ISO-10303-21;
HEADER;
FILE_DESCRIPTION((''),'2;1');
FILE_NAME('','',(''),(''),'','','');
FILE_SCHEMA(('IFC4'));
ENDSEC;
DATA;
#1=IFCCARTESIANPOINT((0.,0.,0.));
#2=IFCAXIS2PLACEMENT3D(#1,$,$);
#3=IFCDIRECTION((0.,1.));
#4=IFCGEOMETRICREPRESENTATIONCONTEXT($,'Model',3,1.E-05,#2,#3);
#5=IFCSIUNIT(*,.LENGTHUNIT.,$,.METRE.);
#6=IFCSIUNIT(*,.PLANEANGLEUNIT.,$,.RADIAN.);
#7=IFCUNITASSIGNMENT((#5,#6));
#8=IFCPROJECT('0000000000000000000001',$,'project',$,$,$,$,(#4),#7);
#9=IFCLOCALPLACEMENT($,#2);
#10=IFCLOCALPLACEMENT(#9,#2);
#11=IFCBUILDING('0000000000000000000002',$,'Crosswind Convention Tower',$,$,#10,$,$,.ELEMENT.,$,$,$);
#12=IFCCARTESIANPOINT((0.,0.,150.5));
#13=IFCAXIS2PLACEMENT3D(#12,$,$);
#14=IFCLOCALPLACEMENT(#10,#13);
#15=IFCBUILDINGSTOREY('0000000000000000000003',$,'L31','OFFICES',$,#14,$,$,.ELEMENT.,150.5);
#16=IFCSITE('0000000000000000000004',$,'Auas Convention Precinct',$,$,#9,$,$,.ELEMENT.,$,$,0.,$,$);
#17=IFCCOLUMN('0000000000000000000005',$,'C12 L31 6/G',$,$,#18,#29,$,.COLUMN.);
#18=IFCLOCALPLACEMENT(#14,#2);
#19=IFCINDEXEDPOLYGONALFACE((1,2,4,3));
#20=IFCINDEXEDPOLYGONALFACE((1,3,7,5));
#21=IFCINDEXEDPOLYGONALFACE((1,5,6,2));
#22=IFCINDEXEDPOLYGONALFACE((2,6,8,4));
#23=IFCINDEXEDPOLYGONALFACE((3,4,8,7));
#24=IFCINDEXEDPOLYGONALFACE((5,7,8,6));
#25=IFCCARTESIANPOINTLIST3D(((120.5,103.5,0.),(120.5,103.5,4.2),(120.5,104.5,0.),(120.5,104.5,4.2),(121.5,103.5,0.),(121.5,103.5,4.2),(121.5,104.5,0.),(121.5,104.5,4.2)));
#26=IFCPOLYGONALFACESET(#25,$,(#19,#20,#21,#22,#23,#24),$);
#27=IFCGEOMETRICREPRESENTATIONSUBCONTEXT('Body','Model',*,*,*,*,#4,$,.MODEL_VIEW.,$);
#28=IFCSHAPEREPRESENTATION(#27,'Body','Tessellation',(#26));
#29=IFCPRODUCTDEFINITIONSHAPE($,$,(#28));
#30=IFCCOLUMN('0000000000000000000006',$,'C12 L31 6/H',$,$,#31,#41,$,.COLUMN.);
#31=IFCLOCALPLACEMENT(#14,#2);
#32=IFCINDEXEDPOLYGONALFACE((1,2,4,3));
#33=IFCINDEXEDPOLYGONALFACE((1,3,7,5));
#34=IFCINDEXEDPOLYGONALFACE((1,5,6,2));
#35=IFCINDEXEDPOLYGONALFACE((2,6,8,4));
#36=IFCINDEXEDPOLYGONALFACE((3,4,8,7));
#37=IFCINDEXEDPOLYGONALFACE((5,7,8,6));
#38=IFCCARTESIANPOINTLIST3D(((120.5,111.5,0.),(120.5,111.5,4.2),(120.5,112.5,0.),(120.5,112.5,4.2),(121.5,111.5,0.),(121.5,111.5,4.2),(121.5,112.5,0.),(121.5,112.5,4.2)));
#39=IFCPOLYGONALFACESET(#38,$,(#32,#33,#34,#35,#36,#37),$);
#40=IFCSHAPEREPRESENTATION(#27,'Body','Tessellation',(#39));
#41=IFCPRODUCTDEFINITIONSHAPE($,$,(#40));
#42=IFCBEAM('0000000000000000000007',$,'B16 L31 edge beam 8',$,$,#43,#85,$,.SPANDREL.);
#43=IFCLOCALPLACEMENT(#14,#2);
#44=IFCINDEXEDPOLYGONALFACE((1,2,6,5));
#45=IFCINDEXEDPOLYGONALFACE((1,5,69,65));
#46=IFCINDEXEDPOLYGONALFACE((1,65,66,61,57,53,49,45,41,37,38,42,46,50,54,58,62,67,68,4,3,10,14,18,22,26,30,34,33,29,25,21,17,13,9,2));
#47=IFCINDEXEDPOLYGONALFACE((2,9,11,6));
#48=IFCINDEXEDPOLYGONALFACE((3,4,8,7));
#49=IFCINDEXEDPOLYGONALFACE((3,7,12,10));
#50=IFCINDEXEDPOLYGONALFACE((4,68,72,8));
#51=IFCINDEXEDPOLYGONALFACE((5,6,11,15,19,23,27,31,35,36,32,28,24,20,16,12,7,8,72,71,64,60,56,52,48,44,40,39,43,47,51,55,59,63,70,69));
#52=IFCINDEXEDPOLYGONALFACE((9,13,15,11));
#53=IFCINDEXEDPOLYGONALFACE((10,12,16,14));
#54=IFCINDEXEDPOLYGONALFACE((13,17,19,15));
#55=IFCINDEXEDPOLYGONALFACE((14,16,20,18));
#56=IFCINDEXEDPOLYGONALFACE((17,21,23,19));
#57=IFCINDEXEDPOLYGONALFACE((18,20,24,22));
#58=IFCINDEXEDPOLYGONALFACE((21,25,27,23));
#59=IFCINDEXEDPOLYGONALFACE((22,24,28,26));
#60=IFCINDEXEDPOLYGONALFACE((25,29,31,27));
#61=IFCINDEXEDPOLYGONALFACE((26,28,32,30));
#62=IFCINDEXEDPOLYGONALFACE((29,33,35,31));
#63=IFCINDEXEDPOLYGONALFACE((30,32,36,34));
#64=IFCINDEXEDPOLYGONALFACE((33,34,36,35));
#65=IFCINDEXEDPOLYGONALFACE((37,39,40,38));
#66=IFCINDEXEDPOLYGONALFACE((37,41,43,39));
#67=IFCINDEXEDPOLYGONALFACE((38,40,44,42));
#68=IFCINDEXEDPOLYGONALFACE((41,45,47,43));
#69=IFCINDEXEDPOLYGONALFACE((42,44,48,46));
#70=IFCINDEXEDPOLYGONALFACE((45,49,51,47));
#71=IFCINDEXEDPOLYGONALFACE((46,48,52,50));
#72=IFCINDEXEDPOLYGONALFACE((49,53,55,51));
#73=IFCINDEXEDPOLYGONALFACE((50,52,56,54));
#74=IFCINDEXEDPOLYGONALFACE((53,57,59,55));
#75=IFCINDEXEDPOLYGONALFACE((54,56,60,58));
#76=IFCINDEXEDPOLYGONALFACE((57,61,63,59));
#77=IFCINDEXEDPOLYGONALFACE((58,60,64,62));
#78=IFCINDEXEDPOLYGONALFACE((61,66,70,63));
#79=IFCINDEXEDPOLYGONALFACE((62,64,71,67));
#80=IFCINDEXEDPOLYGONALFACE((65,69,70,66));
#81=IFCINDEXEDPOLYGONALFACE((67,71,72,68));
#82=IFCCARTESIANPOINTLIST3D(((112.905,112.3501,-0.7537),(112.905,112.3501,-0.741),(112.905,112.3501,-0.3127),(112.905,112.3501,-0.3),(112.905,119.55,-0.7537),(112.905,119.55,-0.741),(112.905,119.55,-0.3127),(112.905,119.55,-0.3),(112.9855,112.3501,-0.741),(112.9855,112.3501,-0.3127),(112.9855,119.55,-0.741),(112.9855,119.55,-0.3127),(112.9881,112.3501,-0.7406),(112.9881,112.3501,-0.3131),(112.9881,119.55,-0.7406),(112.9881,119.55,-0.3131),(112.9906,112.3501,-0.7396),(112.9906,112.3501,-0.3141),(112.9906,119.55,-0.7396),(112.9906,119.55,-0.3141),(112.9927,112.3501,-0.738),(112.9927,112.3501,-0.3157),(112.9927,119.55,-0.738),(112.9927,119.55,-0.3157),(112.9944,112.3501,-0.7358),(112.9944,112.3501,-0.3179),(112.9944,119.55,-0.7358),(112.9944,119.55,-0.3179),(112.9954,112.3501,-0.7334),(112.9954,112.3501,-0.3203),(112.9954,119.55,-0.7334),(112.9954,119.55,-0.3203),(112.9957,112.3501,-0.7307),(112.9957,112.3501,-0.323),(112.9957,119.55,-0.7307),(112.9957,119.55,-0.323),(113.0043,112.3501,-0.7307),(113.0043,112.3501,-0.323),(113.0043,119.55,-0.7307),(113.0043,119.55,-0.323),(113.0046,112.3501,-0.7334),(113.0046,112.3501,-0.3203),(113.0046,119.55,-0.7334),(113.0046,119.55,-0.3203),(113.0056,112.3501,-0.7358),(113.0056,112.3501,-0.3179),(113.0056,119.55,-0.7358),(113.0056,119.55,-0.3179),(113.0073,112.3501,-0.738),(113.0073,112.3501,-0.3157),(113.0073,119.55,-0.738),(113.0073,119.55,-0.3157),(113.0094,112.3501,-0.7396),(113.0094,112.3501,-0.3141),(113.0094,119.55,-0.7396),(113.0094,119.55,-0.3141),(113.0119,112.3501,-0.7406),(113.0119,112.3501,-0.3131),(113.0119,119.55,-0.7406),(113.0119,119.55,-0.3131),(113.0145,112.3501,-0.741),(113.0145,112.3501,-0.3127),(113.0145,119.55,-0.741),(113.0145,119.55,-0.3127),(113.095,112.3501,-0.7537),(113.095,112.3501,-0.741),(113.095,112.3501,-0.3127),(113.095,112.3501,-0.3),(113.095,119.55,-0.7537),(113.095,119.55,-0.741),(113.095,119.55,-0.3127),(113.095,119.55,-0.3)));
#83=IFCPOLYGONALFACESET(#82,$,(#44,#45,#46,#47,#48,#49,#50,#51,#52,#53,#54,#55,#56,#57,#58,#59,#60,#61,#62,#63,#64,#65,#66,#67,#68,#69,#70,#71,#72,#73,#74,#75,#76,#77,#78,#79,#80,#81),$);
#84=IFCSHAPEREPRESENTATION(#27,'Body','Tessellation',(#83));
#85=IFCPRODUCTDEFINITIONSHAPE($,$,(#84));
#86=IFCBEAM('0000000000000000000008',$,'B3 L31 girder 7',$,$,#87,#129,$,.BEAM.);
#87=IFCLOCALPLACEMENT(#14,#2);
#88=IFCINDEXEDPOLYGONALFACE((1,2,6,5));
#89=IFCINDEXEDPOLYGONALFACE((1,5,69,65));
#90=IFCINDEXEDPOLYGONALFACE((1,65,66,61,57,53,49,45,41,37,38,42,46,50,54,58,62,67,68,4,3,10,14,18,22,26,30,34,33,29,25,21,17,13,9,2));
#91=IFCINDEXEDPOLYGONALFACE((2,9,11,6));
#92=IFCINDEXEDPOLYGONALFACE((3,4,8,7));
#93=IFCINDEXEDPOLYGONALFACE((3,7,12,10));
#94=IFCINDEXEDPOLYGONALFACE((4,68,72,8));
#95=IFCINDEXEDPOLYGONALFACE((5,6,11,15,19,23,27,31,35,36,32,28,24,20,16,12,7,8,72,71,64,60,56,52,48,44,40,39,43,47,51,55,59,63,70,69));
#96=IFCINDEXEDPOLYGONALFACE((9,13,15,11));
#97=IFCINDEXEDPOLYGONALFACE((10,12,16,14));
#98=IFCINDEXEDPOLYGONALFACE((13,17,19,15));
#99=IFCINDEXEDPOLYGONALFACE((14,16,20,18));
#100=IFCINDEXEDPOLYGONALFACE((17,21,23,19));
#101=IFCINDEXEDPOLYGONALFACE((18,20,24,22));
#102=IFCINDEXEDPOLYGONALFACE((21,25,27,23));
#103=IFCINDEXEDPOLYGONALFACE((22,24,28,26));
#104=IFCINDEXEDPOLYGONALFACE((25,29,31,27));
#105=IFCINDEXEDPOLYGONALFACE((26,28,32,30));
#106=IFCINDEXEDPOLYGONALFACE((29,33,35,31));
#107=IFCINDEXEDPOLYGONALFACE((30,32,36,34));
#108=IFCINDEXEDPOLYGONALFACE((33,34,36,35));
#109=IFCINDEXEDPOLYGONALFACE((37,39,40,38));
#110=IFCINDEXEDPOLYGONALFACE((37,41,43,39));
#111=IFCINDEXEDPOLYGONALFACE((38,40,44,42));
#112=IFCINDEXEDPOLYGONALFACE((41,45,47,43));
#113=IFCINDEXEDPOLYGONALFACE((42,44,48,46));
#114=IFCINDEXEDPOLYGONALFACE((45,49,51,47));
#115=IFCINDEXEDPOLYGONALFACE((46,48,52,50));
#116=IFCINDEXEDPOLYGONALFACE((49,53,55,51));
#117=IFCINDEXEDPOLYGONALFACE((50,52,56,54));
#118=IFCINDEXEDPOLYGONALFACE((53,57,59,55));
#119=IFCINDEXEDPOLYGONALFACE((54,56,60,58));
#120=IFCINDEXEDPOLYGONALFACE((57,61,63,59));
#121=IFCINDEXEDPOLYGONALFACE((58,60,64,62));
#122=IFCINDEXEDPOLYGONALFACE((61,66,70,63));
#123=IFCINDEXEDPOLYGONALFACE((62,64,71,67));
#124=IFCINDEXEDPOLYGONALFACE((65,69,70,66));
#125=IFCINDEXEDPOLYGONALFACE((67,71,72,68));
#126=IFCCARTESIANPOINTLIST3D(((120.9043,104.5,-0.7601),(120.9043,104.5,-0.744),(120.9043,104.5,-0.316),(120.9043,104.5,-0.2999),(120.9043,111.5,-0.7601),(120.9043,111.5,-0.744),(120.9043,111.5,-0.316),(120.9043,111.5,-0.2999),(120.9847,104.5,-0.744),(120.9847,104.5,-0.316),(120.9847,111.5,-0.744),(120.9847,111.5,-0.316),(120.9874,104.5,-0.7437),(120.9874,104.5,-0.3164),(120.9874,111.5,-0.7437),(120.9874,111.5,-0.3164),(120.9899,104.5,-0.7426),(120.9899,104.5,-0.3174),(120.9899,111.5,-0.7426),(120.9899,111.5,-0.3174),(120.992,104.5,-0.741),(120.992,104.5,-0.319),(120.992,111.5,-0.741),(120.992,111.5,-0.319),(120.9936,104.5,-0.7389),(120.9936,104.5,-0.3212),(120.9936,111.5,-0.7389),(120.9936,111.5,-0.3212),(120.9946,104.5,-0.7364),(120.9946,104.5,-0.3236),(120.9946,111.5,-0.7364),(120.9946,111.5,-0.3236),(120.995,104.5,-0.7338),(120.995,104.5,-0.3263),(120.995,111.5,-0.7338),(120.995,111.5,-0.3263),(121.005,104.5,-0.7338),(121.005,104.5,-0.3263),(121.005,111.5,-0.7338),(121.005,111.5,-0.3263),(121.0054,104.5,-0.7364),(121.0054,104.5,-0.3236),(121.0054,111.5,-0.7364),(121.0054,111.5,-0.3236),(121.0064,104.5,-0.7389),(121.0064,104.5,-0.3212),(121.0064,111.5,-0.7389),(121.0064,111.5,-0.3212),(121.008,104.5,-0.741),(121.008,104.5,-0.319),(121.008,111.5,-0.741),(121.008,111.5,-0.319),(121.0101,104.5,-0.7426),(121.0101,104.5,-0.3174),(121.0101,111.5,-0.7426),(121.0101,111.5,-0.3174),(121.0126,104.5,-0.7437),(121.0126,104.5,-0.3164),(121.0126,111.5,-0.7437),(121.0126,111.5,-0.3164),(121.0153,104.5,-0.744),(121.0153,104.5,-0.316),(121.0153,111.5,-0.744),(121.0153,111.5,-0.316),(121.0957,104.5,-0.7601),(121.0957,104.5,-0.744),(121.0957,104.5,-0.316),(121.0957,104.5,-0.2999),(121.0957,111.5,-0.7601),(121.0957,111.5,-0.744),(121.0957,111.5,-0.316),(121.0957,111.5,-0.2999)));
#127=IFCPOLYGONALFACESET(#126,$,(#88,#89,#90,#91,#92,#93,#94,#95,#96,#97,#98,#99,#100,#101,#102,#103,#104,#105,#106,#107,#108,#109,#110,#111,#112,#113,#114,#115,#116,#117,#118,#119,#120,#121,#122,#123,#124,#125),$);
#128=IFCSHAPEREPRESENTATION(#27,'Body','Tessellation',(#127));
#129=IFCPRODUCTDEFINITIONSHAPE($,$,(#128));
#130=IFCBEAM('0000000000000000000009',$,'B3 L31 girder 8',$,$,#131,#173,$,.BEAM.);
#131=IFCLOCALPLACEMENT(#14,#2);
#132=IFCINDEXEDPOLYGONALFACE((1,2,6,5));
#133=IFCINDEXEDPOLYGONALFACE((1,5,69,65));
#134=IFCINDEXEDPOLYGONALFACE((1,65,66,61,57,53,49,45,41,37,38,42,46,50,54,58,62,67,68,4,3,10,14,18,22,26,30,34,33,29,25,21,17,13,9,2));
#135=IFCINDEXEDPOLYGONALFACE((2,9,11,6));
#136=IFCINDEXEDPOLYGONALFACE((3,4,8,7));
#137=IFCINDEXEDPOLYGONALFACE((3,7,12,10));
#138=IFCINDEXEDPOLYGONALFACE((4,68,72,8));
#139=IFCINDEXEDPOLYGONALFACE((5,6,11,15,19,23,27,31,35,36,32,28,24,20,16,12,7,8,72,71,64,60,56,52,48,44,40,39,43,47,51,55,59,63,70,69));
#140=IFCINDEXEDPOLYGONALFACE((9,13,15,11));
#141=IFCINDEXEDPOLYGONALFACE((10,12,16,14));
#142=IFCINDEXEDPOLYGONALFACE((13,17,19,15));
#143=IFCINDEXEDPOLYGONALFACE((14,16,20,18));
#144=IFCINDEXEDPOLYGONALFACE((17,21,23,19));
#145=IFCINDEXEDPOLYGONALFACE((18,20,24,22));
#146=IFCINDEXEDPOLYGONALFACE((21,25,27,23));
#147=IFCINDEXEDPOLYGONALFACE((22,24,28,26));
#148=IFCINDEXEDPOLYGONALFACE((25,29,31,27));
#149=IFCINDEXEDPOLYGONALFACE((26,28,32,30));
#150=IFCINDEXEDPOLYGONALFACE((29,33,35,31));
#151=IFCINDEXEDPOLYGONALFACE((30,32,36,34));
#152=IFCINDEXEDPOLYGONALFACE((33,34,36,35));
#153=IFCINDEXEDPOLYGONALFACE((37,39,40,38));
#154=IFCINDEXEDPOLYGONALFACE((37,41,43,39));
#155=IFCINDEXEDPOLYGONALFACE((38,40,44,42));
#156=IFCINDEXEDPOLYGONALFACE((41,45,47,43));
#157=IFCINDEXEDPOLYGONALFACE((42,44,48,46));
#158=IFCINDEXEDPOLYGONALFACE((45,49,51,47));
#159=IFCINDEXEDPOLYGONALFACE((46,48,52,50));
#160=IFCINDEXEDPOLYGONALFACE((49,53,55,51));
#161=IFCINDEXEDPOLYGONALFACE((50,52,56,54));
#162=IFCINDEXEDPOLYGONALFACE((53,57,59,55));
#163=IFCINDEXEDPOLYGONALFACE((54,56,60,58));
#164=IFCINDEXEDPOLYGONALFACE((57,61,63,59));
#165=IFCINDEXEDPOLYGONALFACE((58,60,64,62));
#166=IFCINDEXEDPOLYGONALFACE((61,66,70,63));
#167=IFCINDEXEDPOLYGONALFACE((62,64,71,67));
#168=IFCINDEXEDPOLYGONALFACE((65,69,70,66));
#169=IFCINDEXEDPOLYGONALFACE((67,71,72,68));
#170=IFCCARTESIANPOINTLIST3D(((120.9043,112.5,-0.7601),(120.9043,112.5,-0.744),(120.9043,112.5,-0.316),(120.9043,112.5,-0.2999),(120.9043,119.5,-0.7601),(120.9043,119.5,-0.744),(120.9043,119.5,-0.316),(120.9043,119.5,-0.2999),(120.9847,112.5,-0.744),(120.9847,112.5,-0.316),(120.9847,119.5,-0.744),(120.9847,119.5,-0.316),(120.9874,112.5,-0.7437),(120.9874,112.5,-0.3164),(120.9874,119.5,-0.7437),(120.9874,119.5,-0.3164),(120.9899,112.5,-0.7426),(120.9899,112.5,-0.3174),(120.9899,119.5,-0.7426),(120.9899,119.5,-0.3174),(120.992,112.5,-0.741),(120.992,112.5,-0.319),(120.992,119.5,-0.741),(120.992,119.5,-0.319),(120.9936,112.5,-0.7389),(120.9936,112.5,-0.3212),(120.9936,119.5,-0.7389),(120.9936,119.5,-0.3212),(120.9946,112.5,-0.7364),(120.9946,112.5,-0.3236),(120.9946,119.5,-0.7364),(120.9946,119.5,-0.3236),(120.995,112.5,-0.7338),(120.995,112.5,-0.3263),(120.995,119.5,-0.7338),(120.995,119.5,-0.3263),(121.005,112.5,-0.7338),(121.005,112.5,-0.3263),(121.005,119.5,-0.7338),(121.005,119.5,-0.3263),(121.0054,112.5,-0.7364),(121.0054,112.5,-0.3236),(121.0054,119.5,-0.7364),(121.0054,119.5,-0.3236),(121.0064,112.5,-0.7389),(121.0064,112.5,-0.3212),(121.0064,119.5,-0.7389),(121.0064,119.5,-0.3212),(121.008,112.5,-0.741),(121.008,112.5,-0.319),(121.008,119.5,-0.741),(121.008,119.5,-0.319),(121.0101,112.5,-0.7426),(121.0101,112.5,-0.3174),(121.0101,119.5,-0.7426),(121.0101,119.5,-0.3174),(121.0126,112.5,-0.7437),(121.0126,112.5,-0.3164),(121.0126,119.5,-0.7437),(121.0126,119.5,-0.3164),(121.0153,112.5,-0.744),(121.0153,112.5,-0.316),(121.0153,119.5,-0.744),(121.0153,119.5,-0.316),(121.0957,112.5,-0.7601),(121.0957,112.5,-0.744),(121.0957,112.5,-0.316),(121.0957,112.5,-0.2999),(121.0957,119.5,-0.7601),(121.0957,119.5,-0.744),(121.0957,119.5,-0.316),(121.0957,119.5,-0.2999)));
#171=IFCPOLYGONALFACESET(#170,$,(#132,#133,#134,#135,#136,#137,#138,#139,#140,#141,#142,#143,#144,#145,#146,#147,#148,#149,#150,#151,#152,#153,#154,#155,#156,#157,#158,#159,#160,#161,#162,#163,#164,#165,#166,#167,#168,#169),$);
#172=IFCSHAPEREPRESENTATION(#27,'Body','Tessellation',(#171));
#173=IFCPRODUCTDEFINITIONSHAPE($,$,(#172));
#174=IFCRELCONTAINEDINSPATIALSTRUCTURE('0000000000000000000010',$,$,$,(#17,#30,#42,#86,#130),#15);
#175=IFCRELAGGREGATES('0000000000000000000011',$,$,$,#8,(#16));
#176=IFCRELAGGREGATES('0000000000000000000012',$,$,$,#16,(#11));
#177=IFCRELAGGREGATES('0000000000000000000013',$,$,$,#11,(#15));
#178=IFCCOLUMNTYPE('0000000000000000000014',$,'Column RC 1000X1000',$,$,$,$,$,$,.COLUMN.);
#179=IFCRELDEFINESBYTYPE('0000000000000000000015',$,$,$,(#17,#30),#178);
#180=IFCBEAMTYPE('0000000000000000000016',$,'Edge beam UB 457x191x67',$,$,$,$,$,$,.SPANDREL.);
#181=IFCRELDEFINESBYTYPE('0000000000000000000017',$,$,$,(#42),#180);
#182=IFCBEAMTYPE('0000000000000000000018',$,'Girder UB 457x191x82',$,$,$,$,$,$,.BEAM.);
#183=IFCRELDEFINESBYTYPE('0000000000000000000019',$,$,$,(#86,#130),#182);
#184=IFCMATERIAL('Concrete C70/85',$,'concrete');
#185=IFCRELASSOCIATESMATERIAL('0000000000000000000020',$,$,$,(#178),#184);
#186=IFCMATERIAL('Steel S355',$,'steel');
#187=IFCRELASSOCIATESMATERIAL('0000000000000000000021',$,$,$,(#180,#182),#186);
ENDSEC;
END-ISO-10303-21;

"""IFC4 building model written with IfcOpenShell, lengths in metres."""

from ifc_helpers import new_model, si_unit, direction, frame, origin, origin_2d, place, context, subcontext, project, spatial, rectangle, i_section, extrude, material, material_profile, profile_set, type_object, element, save


model = new_model("IFC4")

# Units and contexts
model_context = context("Model", 3, precision=1e-05, world=origin(), true_north=direction((0.0, 1.0)))
body_context = subcontext(model_context, "Body", "Model", "MODEL_VIEW")
ifc_project = project(units=[si_unit("LENGTHUNIT", "METRE"), si_unit("PLANEANGLEUNIT", "RADIAN")], contexts=[model_context])

# Site, building, storey
site_placement = place(None, origin())
site = spatial("IfcSite", under=ifc_project, at=site_placement, Name="Auas Convention Precinct", CompositionType="ELEMENT", RefElevation=0.0)
building_placement = place(site_placement, origin())
building = spatial("IfcBuilding", under=site, at=building_placement, Name="Crosswind Convention Tower", CompositionType="ELEMENT")
storey_placement = place(building_placement, frame((0.0, 0.0, 150.5)))
storey = spatial("IfcBuildingStorey", under=building, at=storey_placement, Name="L31", Description="OFFICES", CompositionType="ELEMENT", Elevation=150.5)

# Columns
ifc_material_1 = material(Name="Concrete C70/85", Category="concrete")
ifc_material_profile_1 = material_profile(ifc_material_1, rectangle(XDim=1.0, YDim=1.0, at=origin_2d()), Name="RC 1000X1000")
ifc_profile_set_1 = profile_set([ifc_material_profile_1], Name="Concrete C70/85")
column_type = type_object("IfcColumnType", Name="Column RC 1000X1000", PredefinedType="COLUMN", material=ifc_profile_set_1)
for number, where, z_axis, x_axis, name in (
    (1, (121.0, 104.0, 0.0), (0.0, 0.0, 1.0), (1.0, 0.0, 0.0), "C12 L31 6/G"),
    (2, (121.0, 112.0, 0.0), (0.0, 0.0, 1.0), (1.0, 0.0, 0.0), "C12 L31 6/H"),
):
    element("IfcColumn", number, at=place(storey_placement, frame(where, z_axis=z_axis, x_axis=x_axis)), inside=storey, type_object=column_type, Name=name, PredefinedType="COLUMN", context=body_context, shape_type="SweptSolid", body=[
        extrude(rectangle(XDim=1.0, YDim=1.0, at=origin_2d()), origin(), (0.0, 0.0, 1.0), 4.2),
    ])

# Beams
ifc_material_2 = material(Name="Steel S355", Category="steel")
ifc_material_profile_2 = material_profile(ifc_material_2, i_section(OverallWidth=0.1899, OverallDepth=0.4536, WebThickness=0.0085, FlangeThickness=0.0127, FilletRadius=0.0103, at=origin_2d()), Name="UB 457x191x67")
ifc_profile_set_2 = profile_set([ifc_material_profile_2], Name="Steel S355")
beam_type_1 = type_object("IfcBeamType", Name="Edge beam UB 457x191x67", PredefinedType="SPANDREL", material=ifc_profile_set_2)
beam_placement = place(storey_placement, frame((113.0, 112.3501, -0.5269), z_axis=(0.0, 1.0, 0.0), x_axis=(-1.0, 0.0, 0.0)))
element("IfcBeam", 3, at=beam_placement, inside=storey, type_object=beam_type_1, Name="B16 L31 edge beam 8", PredefinedType="SPANDREL", context=body_context, shape_type="SweptSolid", body=[
    extrude(i_section(OverallWidth=0.1899, OverallDepth=0.4536, WebThickness=0.0085, FlangeThickness=0.0127, FilletRadius=0.0103, at=origin_2d()), origin(), (0.0, 0.0, 1.0), 7.2),
])
ifc_material_profile_3 = material_profile(ifc_material_2, i_section(OverallWidth=0.1914, OverallDepth=0.4602, WebThickness=0.01, FlangeThickness=0.0161, FilletRadius=0.0103, at=origin_2d()), Name="UB 457x191x82")
ifc_profile_set_3 = profile_set([ifc_material_profile_3], Name="Steel S355")
beam_type_2 = type_object("IfcBeamType", Name="Girder UB 457x191x82", PredefinedType="BEAM", material=ifc_profile_set_3)
for number, where, z_axis, x_axis, name in (
    (4, (121.0, 104.5, -0.53), (0.0, 1.0, 0.0), (-1.0, 0.0, 0.0), "B3 L31 girder 7"),
    (5, (121.0, 112.5, -0.53), (0.0, 1.0, 0.0), (-1.0, 0.0, 0.0), "B3 L31 girder 8"),
):
    element("IfcBeam", number, at=place(storey_placement, frame(where, z_axis=z_axis, x_axis=x_axis)), inside=storey, type_object=beam_type_2, Name=name, PredefinedType="BEAM", context=body_context, shape_type="SweptSolid", body=[
        extrude(i_section(OverallWidth=0.1914, OverallDepth=0.4602, WebThickness=0.01, FlangeThickness=0.0161, FilletRadius=0.0103, at=origin_2d()), origin(), (0.0, 0.0, 1.0), 7.0),
    ])

save(model, "model.ifc")
